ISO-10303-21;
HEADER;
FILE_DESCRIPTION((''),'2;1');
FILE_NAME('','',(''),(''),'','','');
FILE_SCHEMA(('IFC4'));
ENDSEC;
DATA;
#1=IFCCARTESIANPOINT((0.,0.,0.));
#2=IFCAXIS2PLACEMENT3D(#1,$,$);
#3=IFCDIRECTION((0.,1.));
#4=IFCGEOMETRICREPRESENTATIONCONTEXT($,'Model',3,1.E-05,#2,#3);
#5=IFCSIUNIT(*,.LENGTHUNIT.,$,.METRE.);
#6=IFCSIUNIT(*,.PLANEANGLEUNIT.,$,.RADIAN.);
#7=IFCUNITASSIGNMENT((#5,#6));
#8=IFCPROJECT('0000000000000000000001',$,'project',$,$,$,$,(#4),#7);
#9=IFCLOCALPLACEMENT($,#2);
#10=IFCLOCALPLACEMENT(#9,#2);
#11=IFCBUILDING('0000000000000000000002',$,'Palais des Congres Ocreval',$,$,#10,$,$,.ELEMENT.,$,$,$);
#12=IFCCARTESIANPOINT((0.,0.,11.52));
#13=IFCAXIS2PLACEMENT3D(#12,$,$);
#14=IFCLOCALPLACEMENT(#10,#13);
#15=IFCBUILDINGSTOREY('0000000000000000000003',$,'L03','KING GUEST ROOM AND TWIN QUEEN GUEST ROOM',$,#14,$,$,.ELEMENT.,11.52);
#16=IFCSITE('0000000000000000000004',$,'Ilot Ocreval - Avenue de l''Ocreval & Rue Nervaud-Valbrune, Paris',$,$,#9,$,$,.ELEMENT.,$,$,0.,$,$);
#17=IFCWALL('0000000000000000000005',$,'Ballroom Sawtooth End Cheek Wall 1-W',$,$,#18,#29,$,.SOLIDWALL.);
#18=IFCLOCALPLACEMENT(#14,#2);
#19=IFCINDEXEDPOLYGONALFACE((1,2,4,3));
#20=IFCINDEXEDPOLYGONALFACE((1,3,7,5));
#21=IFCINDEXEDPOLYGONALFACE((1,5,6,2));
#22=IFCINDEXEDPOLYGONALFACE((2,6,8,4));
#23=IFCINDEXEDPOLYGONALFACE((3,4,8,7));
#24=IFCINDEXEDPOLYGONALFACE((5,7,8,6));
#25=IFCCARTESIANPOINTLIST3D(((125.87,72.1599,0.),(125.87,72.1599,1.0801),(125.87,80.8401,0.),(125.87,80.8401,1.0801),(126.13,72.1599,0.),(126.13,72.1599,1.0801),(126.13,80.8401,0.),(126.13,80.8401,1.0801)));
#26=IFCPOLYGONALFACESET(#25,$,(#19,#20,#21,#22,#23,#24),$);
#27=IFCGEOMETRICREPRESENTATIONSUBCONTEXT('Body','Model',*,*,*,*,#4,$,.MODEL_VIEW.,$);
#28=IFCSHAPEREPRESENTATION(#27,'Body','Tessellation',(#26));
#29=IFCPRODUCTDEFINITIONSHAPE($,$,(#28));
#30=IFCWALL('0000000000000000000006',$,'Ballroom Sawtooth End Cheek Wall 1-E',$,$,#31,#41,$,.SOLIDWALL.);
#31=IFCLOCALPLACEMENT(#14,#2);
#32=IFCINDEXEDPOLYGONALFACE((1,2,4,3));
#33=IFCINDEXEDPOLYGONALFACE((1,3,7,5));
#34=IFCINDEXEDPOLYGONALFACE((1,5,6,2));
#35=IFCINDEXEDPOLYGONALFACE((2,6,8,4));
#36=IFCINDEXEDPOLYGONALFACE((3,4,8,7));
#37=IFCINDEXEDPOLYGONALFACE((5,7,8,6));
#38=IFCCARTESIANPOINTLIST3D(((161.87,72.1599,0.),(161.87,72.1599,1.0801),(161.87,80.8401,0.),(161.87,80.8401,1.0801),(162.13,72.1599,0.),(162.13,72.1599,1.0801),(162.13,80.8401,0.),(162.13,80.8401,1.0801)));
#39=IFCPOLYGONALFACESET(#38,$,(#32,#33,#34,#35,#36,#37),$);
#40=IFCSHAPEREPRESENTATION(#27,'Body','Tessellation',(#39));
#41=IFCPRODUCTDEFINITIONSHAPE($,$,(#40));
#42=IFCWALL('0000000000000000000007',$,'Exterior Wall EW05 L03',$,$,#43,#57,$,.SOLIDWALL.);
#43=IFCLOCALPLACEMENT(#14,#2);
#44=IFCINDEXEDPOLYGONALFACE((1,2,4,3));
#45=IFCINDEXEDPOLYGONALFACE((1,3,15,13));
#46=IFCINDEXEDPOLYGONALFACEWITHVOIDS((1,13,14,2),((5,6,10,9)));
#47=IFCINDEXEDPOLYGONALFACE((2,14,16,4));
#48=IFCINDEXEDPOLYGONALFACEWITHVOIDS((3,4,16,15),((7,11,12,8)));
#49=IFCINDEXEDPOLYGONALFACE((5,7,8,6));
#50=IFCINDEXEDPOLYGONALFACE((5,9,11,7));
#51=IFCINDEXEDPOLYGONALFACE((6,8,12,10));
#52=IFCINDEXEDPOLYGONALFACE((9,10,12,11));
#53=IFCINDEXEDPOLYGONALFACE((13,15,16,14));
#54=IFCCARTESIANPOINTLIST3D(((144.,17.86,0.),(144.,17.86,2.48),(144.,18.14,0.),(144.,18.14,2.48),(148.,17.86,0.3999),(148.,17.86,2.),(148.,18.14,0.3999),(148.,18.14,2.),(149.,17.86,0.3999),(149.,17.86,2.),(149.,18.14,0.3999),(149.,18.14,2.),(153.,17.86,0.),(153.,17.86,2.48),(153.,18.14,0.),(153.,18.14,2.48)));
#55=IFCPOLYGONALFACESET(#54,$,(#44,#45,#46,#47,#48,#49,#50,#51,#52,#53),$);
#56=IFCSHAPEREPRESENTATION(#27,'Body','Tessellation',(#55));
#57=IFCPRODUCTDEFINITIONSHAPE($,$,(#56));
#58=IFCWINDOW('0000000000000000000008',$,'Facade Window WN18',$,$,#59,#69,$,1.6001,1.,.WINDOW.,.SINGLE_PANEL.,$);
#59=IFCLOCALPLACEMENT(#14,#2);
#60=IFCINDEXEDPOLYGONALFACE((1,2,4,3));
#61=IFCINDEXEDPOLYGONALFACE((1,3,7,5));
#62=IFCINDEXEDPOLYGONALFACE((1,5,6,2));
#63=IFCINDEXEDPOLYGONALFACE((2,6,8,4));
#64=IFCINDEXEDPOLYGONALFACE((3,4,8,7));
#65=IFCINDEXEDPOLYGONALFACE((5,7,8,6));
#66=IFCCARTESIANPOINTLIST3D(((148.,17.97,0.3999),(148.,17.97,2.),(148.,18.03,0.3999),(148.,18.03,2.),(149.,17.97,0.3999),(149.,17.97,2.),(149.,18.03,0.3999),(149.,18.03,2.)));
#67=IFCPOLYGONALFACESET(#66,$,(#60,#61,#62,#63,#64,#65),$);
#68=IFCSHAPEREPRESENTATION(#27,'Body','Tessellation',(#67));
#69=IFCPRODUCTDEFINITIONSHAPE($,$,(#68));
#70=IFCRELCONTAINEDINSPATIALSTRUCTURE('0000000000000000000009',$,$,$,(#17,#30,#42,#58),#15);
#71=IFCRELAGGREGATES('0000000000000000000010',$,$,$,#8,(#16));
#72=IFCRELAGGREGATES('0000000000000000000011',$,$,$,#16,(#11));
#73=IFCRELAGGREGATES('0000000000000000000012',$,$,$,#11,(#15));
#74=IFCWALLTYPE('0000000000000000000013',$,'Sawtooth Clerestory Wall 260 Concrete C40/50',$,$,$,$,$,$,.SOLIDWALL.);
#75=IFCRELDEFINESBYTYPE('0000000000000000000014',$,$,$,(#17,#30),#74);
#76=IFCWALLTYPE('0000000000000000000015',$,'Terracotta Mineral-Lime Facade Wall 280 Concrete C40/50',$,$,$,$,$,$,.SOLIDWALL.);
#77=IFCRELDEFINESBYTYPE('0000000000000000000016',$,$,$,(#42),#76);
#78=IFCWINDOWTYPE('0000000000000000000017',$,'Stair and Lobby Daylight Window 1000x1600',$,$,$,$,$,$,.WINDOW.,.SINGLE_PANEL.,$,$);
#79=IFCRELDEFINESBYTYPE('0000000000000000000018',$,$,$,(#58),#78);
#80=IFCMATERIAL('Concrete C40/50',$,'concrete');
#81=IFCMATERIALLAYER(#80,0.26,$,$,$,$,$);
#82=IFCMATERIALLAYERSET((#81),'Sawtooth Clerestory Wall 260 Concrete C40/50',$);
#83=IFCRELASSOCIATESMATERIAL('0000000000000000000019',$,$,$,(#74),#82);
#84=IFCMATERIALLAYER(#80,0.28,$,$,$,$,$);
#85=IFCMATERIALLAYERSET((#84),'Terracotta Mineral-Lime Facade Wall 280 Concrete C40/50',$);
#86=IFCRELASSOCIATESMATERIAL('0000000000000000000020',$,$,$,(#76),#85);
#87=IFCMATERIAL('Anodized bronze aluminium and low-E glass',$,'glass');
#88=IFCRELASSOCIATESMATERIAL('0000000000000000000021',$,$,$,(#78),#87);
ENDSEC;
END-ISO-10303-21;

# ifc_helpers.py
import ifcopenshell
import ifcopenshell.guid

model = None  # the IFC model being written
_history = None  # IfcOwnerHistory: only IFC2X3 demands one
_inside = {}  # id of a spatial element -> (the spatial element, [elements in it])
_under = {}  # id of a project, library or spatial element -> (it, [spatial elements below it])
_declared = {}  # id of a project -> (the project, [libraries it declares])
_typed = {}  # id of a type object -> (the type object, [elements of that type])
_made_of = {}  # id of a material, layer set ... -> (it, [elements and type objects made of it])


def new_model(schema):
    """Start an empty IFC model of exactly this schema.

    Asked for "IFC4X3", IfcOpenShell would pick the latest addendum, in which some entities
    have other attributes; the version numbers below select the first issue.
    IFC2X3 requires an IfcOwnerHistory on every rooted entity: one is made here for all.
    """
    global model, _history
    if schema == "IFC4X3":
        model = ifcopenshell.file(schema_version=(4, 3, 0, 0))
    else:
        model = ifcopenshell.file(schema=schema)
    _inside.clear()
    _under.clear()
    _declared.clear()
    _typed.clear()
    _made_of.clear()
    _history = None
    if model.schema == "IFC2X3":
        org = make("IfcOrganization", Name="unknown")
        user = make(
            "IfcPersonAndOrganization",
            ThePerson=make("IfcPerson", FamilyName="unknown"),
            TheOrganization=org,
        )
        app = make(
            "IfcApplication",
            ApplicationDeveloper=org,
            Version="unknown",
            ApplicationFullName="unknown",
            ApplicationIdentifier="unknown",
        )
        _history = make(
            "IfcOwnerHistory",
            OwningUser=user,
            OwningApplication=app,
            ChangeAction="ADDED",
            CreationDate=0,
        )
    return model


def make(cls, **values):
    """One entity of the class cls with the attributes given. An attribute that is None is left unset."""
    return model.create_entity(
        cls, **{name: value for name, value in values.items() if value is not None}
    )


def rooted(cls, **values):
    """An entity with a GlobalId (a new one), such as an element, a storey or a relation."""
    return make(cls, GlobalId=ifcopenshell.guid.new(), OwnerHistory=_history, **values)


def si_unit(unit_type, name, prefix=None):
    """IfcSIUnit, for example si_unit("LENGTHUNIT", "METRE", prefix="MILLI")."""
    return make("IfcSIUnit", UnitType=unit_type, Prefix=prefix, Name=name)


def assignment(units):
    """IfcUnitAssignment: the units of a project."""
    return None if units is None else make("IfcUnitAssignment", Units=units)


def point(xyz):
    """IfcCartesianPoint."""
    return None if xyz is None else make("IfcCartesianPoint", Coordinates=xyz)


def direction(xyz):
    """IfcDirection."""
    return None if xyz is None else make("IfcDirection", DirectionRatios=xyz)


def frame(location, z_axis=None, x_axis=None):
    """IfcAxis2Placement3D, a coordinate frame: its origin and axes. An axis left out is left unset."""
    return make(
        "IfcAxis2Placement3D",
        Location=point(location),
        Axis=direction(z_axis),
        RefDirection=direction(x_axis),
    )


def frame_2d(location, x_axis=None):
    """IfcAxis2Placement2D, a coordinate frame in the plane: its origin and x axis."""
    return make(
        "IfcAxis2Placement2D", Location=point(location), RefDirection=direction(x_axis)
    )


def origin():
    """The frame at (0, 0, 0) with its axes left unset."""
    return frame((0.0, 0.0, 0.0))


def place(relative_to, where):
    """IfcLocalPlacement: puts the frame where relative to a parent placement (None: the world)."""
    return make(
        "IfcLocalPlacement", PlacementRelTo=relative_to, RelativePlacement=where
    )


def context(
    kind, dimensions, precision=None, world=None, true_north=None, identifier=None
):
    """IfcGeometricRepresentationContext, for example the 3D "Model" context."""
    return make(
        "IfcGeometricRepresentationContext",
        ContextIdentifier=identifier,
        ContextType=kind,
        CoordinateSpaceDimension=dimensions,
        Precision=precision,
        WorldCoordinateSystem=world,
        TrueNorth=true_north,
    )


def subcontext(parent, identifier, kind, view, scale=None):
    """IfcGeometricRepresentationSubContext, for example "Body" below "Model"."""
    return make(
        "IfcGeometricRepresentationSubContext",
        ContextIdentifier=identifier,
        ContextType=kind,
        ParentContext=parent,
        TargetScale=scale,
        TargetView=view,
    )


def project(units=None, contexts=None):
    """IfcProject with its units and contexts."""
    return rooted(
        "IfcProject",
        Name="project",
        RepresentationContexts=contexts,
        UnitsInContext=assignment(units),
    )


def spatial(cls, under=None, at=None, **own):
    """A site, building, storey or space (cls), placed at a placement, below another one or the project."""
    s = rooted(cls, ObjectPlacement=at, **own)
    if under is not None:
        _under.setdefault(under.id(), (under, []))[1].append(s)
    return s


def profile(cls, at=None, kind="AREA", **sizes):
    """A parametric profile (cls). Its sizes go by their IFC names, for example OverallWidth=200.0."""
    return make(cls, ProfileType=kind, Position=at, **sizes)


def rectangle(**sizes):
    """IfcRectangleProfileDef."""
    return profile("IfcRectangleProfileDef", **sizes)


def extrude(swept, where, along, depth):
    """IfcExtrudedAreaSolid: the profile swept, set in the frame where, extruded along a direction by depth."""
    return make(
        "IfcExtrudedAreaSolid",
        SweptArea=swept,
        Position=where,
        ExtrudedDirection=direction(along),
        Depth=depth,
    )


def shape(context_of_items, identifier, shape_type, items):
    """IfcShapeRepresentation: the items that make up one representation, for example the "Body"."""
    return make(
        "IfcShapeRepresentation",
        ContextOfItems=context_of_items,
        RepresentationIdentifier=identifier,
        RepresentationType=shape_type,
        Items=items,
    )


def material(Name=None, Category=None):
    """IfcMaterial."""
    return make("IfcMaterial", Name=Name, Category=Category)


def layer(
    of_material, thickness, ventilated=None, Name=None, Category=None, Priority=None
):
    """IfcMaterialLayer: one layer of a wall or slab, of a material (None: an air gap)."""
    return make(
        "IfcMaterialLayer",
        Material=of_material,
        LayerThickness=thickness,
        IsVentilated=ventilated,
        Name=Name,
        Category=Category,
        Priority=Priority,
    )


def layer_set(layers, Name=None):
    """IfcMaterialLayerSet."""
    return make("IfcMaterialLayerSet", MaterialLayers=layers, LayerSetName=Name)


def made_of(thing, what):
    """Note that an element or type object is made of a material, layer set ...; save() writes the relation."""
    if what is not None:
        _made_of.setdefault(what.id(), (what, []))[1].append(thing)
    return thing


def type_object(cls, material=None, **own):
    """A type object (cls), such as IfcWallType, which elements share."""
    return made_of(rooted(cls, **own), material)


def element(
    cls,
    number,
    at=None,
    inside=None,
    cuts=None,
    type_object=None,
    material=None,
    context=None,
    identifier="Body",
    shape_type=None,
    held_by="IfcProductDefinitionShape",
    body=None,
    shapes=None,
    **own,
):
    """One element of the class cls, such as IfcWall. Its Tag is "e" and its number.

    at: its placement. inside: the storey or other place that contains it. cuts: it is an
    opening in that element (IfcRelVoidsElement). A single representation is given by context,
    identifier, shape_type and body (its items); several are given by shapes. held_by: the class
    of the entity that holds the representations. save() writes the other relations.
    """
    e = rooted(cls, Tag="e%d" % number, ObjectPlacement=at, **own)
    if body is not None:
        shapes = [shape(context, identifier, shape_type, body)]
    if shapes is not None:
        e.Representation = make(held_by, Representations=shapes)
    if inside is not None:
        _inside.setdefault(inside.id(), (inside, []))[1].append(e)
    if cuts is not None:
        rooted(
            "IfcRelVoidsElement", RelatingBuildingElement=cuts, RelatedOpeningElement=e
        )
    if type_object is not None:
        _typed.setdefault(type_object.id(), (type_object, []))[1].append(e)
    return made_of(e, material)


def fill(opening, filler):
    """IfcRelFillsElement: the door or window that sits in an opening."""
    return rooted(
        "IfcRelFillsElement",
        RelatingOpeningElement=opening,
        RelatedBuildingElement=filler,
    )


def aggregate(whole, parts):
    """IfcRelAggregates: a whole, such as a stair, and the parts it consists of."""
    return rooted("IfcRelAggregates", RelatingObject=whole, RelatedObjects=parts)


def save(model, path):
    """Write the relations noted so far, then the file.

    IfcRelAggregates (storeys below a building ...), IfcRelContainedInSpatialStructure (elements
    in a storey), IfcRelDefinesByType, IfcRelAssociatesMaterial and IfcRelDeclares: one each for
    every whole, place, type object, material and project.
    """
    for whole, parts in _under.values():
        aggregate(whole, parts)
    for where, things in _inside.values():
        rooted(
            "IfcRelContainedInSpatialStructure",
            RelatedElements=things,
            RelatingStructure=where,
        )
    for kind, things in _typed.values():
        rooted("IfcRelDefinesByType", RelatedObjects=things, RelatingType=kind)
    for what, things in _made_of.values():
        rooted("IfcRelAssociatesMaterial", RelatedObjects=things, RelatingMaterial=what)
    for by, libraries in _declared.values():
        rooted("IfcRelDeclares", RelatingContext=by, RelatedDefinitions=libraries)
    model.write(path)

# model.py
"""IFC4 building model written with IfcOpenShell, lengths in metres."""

from ifc_helpers import new_model, si_unit, direction, frame, frame_2d, origin, place, context, subcontext, project, spatial, rectangle, extrude, material, layer, layer_set, type_object, element, fill, save


model = new_model("IFC4")

# Units and contexts
model_context = context("Model", 3, precision=1e-05, world=origin(), true_north=direction((0.0, 1.0)))
body_context = subcontext(model_context, "Body", "Model", "MODEL_VIEW")
ifc_project = project(units=[si_unit("LENGTHUNIT", "METRE"), si_unit("PLANEANGLEUNIT", "RADIAN")], contexts=[model_context])

# Site, building, storey
site_placement = place(None, origin())
site = spatial("IfcSite", under=ifc_project, at=site_placement, Name="Ilot Ocreval - Avenue de l'Ocreval & Rue Nervaud-Valbrune, Paris", CompositionType="ELEMENT", RefElevation=0.0)
building_placement = place(site_placement, origin())
building = spatial("IfcBuilding", under=site, at=building_placement, Name="Palais des Congres Ocreval", CompositionType="ELEMENT")
storey_placement = place(building_placement, frame((0.0, 0.0, 11.52)))
storey = spatial("IfcBuildingStorey", under=building, at=storey_placement, Name="L03", Description="KING GUEST ROOM AND TWIN QUEEN GUEST ROOM", CompositionType="ELEMENT", Elevation=11.52)

# Shared definitions
ifc_material_1 = material(Name="Concrete C40/50", Category="concrete")

# Shared definitions
ifc_layer_1 = layer(ifc_material_1, 0.26)
ifc_layer_set_1 = layer_set([ifc_layer_1], Name="Sawtooth Clerestory Wall 260 Concrete C40/50")
wall_type_1 = type_object("IfcWallType", Name="Sawtooth Clerestory Wall 260 Concrete C40/50", PredefinedType="SOLIDWALL", material=ifc_layer_set_1)
ifc_material_2 = material(Name="Anodized bronze aluminium and low-E glass", Category="glass")

# Walls
for number, where, z_axis, x_axis, name in (
    (1, (126.0, 72.1599, 0.0), (0.0, 0.0, 1.0), (0.0, 1.0, 0.0), "Ballroom Sawtooth End Cheek Wall 1-W"),
    (2, (162.0, 72.1599, 0.0), (0.0, 0.0, 1.0), (0.0, 1.0, 0.0), "Ballroom Sawtooth End Cheek Wall 1-E"),
):
    element("IfcWall", number, at=place(storey_placement, frame(where, z_axis=z_axis, x_axis=x_axis)), inside=storey, type_object=wall_type_1, Name=name, PredefinedType="SOLIDWALL", context=body_context, shape_type="SweptSolid", body=[
        extrude(rectangle(XDim=8.6802, YDim=0.26, at=frame_2d((4.3401, 0.0))), origin(), (0.0, 0.0, 1.0), 1.0801),
    ])

# Wall, opening, window
ifc_layer_2 = layer(ifc_material_1, 0.28)
ifc_layer_set_2 = layer_set([ifc_layer_2], Name="Terracotta Mineral-Lime Facade Wall 280 Concrete C40/50")
wall_type_2 = type_object("IfcWallType", Name="Terracotta Mineral-Lime Facade Wall 280 Concrete C40/50", PredefinedType="SOLIDWALL", material=ifc_layer_set_2)
wall_1_placement = place(storey_placement, frame((144.0, 18.0, 0.0), z_axis=(0.0, 0.0, 1.0), x_axis=(1.0, 0.0, 0.0)))
wall_1 = element("IfcWall", 3, at=wall_1_placement, inside=storey, type_object=wall_type_2, Name="Exterior Wall EW05 L03", PredefinedType="SOLIDWALL", context=body_context, shape_type="SweptSolid", body=[
    extrude(rectangle(XDim=9.0, YDim=0.28, at=frame_2d((4.5, 0.0))), origin(), (0.0, 0.0, 1.0), 2.48),
])
opening_1_placement = place(wall_1_placement, frame((4.0, 0.0, 0.3999)))
opening_1 = element("IfcOpeningElement", 4, at=opening_1_placement, cuts=wall_1, PredefinedType="OPENING", context=body_context, shape_type="SweptSolid", body=[
    extrude(rectangle(XDim=1.0, YDim=1.6001, at=frame_2d((0.5, 0.8))), frame((0.0, 0.1499, 0.0), z_axis=(0.0, -1.0, 0.0), x_axis=(1.0, 0.0, 0.0)), (0.0, 0.0, 1.0), 0.3),
])
window_type_1 = type_object("IfcWindowType", Name="Stair and Lobby Daylight Window 1000x1600", PartitioningType="SINGLE_PANEL", PredefinedType="WINDOW", material=ifc_material_2)
window_1_placement = place(opening_1_placement, origin())
window_1 = element("IfcWindow", 5, at=window_1_placement, inside=storey, type_object=window_type_1, Name="Facade Window WN18", OverallHeight=1.6001, OverallWidth=1.0, PartitioningType="SINGLE_PANEL", PredefinedType="WINDOW", context=body_context, shape_type="SweptSolid", body=[
    extrude(rectangle(XDim=1.0, YDim=1.6001, at=frame_2d((0.5, 0.8))), frame((0.0, 0.03, 0.0), z_axis=(0.0, -1.0, 0.0), x_axis=(1.0, 0.0, 0.0)), (0.0, 0.0, 1.0), 0.0601),
])
fill(opening_1, window_1)

save(model, "model.ifc")
